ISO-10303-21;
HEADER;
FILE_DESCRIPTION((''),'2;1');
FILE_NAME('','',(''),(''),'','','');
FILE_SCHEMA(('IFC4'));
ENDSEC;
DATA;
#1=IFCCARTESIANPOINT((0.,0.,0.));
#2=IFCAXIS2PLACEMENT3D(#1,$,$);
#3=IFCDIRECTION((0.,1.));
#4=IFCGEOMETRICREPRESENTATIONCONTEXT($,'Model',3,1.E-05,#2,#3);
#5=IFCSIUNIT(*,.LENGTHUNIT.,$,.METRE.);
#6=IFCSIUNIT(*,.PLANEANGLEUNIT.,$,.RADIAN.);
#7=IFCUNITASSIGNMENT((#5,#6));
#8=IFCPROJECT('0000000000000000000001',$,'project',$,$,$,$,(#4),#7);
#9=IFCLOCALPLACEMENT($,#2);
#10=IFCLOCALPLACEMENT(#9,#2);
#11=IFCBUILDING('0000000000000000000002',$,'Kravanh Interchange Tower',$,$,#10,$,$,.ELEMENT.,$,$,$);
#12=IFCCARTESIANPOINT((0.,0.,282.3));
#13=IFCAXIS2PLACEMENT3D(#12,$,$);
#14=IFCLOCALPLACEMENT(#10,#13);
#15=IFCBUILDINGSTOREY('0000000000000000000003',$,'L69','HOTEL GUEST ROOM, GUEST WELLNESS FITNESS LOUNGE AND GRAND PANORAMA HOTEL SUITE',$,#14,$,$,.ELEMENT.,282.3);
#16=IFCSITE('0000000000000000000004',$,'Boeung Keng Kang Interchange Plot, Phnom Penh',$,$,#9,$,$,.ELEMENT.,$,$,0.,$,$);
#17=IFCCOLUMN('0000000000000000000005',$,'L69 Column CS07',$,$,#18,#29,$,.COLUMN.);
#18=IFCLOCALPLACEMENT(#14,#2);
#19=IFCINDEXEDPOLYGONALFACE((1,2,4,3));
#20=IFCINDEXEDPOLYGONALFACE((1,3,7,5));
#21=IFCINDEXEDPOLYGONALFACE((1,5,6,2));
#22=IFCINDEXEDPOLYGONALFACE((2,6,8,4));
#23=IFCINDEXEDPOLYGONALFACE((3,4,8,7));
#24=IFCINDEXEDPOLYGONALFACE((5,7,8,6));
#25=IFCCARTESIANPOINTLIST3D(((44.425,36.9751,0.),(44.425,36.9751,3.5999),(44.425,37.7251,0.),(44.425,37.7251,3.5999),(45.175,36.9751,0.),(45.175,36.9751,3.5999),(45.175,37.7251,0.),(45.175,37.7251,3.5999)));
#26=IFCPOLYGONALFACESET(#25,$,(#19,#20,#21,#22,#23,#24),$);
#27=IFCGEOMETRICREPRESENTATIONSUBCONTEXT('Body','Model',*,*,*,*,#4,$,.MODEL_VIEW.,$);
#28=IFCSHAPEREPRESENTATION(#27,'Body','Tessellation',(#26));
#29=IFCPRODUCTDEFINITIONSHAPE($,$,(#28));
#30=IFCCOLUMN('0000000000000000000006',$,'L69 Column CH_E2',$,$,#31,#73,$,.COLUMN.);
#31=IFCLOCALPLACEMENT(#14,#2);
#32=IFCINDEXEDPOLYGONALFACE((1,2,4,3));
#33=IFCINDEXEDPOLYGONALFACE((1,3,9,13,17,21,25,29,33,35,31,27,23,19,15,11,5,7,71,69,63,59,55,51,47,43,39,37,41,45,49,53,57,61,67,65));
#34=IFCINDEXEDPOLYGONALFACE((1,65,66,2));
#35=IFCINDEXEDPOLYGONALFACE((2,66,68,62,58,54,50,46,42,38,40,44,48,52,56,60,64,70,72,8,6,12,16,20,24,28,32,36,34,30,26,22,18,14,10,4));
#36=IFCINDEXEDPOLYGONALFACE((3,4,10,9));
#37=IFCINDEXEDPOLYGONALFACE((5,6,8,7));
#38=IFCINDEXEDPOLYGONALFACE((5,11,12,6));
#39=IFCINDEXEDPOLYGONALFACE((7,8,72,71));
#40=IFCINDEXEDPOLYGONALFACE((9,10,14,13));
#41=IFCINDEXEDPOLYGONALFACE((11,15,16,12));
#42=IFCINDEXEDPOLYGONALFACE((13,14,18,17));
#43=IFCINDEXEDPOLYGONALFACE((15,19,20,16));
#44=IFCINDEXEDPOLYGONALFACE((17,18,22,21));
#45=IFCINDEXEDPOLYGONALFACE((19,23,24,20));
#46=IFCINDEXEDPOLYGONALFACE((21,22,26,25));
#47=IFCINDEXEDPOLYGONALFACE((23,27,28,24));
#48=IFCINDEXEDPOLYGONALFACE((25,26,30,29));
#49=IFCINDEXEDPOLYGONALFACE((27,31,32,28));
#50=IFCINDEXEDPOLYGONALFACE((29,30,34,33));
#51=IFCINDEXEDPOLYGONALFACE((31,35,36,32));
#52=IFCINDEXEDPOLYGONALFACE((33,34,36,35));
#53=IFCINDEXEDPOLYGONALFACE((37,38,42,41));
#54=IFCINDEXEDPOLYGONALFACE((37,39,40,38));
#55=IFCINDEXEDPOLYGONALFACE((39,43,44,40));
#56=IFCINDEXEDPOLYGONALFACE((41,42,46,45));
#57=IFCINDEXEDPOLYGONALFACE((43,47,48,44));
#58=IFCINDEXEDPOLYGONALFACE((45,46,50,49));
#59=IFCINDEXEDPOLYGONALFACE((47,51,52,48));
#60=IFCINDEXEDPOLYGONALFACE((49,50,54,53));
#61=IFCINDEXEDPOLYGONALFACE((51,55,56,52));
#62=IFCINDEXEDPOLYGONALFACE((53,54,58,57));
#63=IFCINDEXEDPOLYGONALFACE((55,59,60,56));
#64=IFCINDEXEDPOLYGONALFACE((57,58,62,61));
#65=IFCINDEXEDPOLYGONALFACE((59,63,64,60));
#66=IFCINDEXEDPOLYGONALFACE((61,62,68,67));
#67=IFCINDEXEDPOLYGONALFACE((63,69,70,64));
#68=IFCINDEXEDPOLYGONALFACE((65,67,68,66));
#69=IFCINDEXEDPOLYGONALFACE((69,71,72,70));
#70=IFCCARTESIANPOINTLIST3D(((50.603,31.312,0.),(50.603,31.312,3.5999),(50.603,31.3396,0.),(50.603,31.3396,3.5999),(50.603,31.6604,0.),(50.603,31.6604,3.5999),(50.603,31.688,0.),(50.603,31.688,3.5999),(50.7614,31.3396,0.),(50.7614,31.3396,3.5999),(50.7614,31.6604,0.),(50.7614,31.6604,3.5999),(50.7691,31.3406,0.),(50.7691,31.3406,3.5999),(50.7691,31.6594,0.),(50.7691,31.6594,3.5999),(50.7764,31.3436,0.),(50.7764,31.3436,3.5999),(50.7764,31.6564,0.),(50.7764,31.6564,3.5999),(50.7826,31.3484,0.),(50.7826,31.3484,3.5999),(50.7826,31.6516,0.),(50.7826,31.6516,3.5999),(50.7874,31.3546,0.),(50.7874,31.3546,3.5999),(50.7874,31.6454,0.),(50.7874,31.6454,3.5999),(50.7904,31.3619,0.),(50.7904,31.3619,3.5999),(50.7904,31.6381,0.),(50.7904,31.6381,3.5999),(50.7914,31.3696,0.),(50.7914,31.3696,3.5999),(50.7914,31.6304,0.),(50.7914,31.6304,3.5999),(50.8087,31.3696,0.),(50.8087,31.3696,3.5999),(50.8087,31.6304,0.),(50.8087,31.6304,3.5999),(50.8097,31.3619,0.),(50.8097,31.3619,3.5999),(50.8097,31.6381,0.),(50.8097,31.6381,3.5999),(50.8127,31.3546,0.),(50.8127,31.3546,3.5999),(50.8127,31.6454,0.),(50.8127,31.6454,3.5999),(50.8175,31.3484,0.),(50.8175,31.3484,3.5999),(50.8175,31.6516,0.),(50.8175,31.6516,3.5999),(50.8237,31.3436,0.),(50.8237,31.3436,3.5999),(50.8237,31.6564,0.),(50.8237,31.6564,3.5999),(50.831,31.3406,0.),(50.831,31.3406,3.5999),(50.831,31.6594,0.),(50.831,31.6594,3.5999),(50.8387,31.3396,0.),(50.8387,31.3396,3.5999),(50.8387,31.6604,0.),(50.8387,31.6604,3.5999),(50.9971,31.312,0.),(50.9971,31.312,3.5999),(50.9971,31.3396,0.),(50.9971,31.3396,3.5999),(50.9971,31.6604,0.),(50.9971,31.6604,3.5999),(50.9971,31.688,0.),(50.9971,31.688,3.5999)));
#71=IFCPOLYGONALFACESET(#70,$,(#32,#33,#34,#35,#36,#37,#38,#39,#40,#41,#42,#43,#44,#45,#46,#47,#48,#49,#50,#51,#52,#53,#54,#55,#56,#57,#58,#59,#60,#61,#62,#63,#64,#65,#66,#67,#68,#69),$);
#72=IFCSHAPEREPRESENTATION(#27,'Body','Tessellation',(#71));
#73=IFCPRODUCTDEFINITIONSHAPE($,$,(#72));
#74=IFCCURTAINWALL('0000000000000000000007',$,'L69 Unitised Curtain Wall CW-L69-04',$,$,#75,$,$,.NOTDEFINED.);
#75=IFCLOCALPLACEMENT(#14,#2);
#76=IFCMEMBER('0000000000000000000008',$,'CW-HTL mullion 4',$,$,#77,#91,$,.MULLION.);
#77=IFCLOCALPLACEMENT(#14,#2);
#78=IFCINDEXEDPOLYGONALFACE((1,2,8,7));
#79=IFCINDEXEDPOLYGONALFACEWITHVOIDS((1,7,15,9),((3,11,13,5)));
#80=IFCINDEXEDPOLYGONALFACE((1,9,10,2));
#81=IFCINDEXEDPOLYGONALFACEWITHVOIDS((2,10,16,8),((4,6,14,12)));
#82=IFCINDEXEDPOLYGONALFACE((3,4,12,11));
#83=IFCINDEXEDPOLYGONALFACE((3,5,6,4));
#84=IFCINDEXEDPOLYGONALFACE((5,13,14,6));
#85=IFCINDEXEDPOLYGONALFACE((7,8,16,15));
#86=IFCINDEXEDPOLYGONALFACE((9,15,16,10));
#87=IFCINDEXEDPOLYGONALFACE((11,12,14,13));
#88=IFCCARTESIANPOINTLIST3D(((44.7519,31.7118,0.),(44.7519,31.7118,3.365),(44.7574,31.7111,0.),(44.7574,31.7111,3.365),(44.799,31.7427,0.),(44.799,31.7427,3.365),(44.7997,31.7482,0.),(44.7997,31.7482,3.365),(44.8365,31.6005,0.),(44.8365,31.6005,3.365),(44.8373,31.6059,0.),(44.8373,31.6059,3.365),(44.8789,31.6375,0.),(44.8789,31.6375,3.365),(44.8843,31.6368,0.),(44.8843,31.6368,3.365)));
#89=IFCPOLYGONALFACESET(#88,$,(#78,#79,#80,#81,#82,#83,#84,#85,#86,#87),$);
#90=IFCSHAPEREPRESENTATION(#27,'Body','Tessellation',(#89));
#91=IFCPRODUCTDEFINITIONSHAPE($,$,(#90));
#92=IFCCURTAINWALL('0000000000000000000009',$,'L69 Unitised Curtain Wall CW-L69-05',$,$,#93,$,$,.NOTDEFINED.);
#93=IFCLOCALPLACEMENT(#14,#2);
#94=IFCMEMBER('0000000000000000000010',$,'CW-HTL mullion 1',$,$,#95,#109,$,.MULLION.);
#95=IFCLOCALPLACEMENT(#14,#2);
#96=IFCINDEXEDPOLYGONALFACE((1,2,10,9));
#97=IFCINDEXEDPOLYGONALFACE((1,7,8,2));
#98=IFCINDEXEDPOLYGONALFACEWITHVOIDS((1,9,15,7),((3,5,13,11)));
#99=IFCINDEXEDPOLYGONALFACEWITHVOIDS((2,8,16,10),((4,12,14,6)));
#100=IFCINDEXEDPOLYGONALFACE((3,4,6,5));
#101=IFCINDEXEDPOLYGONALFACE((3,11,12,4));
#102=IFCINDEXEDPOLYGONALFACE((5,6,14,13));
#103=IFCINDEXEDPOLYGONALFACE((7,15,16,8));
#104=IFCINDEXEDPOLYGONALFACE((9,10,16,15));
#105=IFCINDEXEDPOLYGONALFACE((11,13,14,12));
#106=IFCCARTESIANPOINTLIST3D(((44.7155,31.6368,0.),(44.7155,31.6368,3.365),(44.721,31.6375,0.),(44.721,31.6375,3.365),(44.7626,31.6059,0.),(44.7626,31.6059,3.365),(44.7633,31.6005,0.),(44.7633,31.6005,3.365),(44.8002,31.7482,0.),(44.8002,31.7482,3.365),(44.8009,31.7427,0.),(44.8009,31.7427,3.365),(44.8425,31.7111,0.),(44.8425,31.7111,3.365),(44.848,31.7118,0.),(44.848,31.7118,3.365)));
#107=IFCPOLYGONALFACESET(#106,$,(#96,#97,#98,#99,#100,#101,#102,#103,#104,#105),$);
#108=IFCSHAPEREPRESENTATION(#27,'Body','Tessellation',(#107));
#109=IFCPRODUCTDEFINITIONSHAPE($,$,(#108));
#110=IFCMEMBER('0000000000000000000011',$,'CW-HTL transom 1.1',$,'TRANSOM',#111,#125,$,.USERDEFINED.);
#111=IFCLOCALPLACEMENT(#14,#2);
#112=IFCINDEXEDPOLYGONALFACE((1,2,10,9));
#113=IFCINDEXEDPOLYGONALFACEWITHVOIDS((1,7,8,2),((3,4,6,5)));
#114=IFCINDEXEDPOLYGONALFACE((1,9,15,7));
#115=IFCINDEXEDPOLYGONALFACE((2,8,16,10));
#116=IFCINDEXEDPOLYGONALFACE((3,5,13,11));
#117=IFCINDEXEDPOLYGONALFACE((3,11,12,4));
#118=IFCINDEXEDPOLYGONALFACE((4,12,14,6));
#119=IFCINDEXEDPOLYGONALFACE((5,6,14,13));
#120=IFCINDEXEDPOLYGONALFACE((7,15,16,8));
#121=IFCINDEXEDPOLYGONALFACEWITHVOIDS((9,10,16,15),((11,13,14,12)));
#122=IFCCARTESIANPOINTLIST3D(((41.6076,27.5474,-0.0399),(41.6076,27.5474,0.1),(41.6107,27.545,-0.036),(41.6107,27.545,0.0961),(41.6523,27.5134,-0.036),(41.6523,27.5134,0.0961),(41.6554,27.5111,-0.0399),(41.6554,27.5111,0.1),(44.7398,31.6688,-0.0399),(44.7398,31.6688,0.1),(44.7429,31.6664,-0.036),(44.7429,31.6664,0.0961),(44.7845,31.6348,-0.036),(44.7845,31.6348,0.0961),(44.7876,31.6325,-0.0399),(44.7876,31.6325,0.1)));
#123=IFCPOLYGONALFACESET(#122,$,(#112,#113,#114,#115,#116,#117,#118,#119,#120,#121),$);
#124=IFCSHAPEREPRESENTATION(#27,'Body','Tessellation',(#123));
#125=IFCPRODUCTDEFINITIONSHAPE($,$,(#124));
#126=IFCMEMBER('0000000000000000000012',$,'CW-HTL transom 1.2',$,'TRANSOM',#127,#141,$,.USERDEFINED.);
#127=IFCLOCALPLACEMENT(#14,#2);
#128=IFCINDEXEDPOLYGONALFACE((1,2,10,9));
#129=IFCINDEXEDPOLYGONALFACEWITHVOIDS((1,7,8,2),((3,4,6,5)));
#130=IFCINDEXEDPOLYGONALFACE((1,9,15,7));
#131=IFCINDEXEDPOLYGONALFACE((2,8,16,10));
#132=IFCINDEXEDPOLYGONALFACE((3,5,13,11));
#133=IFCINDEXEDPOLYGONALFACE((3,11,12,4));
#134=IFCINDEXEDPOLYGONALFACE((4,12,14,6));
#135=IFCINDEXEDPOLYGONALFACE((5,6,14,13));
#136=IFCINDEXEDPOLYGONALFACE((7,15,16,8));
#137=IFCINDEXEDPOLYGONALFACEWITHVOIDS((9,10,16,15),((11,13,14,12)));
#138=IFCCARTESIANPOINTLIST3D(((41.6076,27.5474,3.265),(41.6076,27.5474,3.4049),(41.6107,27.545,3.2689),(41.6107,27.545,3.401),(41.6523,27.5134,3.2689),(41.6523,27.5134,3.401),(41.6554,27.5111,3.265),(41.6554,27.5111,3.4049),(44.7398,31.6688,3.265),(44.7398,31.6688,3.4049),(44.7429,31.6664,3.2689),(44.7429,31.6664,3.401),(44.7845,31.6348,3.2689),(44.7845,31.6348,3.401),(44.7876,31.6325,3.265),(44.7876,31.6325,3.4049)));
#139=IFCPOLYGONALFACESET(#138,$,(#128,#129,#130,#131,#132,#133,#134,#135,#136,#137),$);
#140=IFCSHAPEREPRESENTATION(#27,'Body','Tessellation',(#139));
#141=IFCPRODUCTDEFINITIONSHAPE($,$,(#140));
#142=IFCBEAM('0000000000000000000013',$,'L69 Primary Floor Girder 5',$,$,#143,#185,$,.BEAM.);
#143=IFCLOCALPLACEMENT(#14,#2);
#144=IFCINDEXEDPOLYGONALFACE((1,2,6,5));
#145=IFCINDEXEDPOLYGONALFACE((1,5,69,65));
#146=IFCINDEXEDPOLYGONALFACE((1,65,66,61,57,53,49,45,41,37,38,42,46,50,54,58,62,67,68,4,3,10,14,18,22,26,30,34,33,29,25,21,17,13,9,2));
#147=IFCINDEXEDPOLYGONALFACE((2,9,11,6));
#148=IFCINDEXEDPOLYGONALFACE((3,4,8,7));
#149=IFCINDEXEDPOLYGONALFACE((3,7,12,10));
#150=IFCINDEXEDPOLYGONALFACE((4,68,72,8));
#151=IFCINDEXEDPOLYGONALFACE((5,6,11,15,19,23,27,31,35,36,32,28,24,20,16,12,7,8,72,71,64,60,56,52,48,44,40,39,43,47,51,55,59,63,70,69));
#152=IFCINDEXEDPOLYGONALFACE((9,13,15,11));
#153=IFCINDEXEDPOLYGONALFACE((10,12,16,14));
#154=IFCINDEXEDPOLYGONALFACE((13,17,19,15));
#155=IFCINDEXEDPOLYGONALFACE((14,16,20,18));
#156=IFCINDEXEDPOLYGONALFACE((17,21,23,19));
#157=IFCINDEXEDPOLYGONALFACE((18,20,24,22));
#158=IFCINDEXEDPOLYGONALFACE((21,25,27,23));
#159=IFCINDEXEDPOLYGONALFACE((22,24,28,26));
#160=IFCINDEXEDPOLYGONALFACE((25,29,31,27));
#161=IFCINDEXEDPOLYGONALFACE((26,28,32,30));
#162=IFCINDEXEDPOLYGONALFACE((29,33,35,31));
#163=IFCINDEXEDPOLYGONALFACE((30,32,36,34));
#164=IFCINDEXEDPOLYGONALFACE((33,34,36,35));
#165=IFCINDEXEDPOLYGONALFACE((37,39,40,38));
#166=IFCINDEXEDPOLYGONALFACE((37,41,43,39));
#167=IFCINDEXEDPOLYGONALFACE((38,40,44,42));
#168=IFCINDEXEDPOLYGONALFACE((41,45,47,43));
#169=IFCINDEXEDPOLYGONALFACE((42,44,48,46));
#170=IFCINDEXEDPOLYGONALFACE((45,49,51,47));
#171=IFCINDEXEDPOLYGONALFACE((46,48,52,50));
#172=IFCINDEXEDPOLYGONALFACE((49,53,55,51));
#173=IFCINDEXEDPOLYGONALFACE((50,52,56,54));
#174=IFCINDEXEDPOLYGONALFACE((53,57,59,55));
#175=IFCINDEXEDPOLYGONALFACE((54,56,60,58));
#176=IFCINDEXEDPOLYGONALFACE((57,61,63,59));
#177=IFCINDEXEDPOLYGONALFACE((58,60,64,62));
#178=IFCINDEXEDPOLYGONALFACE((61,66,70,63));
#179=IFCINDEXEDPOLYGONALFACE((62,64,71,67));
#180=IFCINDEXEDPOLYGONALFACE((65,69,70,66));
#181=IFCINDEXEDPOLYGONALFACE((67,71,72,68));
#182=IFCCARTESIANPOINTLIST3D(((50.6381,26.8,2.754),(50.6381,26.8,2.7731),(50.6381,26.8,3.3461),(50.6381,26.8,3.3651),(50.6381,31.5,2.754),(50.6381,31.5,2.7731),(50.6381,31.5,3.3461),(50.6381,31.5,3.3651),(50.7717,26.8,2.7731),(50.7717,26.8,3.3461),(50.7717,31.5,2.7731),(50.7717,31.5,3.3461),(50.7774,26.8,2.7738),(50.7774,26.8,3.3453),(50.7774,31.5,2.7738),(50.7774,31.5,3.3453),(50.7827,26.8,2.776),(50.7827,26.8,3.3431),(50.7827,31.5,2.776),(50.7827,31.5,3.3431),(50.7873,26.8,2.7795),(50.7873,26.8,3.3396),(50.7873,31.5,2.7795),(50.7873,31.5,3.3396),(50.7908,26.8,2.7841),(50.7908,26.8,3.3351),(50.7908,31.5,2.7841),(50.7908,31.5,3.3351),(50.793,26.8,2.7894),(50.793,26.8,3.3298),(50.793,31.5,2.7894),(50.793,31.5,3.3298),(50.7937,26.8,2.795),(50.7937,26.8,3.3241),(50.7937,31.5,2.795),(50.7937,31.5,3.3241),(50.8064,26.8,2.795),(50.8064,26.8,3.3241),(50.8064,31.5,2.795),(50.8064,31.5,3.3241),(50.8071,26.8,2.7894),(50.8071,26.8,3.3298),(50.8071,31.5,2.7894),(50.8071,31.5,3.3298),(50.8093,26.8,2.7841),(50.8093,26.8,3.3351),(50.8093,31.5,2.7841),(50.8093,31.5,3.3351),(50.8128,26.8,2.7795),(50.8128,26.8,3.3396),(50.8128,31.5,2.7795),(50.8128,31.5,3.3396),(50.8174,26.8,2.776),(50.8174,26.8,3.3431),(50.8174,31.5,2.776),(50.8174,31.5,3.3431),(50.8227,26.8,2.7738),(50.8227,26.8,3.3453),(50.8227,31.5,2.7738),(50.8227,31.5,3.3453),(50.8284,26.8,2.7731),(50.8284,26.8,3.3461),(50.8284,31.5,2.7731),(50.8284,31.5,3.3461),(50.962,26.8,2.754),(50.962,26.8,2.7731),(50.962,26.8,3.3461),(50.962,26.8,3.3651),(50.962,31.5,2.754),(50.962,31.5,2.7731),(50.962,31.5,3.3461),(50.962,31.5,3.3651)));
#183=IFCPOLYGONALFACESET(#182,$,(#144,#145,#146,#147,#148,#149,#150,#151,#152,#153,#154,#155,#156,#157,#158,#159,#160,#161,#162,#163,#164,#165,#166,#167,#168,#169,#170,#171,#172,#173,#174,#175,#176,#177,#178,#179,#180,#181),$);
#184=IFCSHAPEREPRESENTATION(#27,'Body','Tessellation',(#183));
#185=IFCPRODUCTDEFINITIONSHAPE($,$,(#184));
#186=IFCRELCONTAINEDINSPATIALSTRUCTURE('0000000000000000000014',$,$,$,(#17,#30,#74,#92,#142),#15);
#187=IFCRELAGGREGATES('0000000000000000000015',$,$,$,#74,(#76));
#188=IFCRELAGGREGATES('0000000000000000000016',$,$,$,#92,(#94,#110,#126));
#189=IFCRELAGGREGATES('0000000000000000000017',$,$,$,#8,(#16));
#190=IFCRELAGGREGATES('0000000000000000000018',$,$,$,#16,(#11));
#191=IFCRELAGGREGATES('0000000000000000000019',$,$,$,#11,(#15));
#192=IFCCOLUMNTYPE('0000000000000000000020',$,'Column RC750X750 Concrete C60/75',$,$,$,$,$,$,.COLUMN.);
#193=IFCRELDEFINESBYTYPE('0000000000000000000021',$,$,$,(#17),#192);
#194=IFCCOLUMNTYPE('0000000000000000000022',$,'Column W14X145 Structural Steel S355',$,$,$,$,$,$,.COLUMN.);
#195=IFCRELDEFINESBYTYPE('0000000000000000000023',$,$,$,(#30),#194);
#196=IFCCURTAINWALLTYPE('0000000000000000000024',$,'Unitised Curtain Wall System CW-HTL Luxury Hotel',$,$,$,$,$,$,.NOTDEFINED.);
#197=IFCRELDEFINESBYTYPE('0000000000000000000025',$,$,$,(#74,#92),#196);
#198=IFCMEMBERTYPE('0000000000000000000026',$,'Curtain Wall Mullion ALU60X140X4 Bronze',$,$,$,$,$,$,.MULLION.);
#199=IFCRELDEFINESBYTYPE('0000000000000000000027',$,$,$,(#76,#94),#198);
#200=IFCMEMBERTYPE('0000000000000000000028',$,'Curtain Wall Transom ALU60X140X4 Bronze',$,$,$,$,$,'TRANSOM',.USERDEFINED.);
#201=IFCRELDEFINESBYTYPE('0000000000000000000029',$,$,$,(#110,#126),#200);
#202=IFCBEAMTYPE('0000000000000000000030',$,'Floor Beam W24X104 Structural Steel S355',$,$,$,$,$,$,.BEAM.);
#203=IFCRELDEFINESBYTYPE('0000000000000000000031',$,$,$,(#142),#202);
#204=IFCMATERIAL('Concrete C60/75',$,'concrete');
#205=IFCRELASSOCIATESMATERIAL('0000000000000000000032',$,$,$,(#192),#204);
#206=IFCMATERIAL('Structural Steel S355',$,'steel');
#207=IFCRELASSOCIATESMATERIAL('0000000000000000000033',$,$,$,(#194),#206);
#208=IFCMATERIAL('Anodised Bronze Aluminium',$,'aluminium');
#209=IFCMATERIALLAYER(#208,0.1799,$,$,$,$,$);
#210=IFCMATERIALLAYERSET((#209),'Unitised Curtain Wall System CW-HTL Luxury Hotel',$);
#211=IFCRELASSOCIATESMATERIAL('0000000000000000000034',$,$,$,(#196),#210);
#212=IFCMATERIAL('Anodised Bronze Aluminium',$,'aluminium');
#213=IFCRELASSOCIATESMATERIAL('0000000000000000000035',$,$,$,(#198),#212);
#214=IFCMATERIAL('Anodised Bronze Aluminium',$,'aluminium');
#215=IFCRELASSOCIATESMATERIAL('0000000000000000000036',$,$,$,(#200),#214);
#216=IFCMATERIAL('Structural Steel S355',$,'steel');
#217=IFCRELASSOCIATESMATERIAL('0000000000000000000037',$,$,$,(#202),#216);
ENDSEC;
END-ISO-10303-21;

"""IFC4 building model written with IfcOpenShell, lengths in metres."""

from ifc_helpers import new_model, si_unit, direction, frame, origin, origin_2d, place, context, subcontext, project, spatial, rectangle, hollow_rectangle, i_section, extrude, material, layer, layer_set, material_profile, profile_set, type_object, element, aggregate, save


model = new_model("IFC4")

# Units and contexts
model_context = context("Model", 3, precision=1e-05, world=origin(), true_north=direction((0.0, 1.0)))
body_context = subcontext(model_context, "Body", "Model", "MODEL_VIEW")
ifc_project = project(units=[si_unit("LENGTHUNIT", "METRE"), si_unit("PLANEANGLEUNIT", "RADIAN")], contexts=[model_context])

# Site, building, storey
site_placement = place(None, origin())
site = spatial("IfcSite", under=ifc_project, at=site_placement, Name="Boeung Keng Kang Interchange Plot, Phnom Penh", CompositionType="ELEMENT", RefElevation=0.0)
building_placement = place(site_placement, origin())
building = spatial("IfcBuilding", under=site, at=building_placement, Name="Kravanh Interchange Tower", CompositionType="ELEMENT")
storey_placement = place(building_placement, frame((0.0, 0.0, 282.3)))
storey = spatial("IfcBuildingStorey", under=building, at=storey_placement, Name="L69", Description="HOTEL GUEST ROOM, GUEST WELLNESS FITNESS LOUNGE AND GRAND PANORAMA HOTEL SUITE", CompositionType="ELEMENT", Elevation=282.3)

# Columns
ifc_material_1 = material(Name="Concrete C60/75", Category="concrete")
ifc_material_profile_1 = material_profile(ifc_material_1, rectangle(XDim=0.75, YDim=0.75, at=origin_2d()), Name="RC750X750")
ifc_profile_set_1 = profile_set([ifc_material_profile_1], Name="Concrete C60/75")
column_type_1 = type_object("IfcColumnType", Name="Column RC750X750 Concrete C60/75", PredefinedType="COLUMN", material=ifc_profile_set_1)
column_1_placement = place(storey_placement, frame((44.8, 37.3501, 0.0), z_axis=(0.0, 0.0, 1.0), x_axis=(1.0, 0.0, 0.0)))
element("IfcColumn", 1, at=column_1_placement, inside=storey, type_object=column_type_1, Name="L69 Column CS07", PredefinedType="COLUMN", context=body_context, shape_type="SweptSolid", body=[
    extrude(rectangle(XDim=0.75, YDim=0.75, at=origin_2d()), origin(), (0.0, 0.0, 1.0), 3.5999),
])
ifc_material_2 = material(Name="Structural Steel S355", Category="steel")
ifc_material_profile_2 = material_profile(ifc_material_2, i_section(OverallWidth=0.394, OverallDepth=0.376, WebThickness=0.0173, FlangeThickness=0.0276, FilletRadius=0.03, at=origin_2d()), Name="W14X145")
ifc_profile_set_2 = profile_set([ifc_material_profile_2], Name="Structural Steel S355")
column_type_2 = type_object("IfcColumnType", Name="Column W14X145 Structural Steel S355", PredefinedType="COLUMN", material=ifc_profile_set_2)
column_2_placement = place(storey_placement, frame((50.8, 31.5, 0.0), z_axis=(0.0, 0.0, 1.0), x_axis=(1.0, 0.0, 0.0)))
element("IfcColumn", 2, at=column_2_placement, inside=storey, type_object=column_type_2, Name="L69 Column CH_E2", PredefinedType="COLUMN", context=body_context, shape_type="SweptSolid", body=[
    extrude(i_section(OverallWidth=0.394, OverallDepth=0.376, WebThickness=0.0173, FlangeThickness=0.0276, FilletRadius=0.03, at=origin_2d()), origin(), (0.0, 0.0, 1.0), 3.5999),
])

# Curtain wall, member
ifc_material_3 = material(Name="Anodised Bronze Aluminium", Category="aluminium")
ifc_layer_1 = layer(ifc_material_3, 0.1799)
ifc_layer_set_1 = layer_set([ifc_layer_1], Name="Unitised Curtain Wall System CW-HTL Luxury Hotel")
curtain_wall_type = type_object("IfcCurtainWallType", Name="Unitised Curtain Wall System CW-HTL Luxury Hotel", PredefinedType="NOTDEFINED", material=ifc_layer_set_1)
curtain_wall_1_placement = place(storey_placement, origin())
curtain_wall_1 = element("IfcCurtainWall", 3, at=curtain_wall_1_placement, inside=storey, type_object=curtain_wall_type, Name="L69 Unitised Curtain Wall CW-L69-04", PredefinedType="NOTDEFINED")
ifc_material_4 = material(Name="Anodised Bronze Aluminium", Category="aluminium")
ifc_material_profile_3 = material_profile(ifc_material_4, hollow_rectangle(XDim=0.0601, YDim=0.1399, WallThickness=0.0039, at=origin_2d()), Name="ALU60X140X4")
ifc_profile_set_3 = profile_set([ifc_material_profile_3], Name="Anodised Bronze Aluminium")
member_type_1 = type_object("IfcMemberType", Name="Curtain Wall Mullion ALU60X140X4 Bronze", PredefinedType="MULLION", material=ifc_profile_set_3)
member_1_placement = place(storey_placement, frame((44.8181, 31.6743, 0.0), z_axis=(0.0, 0.0, 1.0), x_axis=(-0.796162, -0.605083, 0.0)))
member_1 = element("IfcMember", 4, at=member_1_placement, type_object=member_type_1, Name="CW-HTL mullion 4", PredefinedType="MULLION", context=body_context, shape_type="SweptSolid", body=[
    extrude(hollow_rectangle(XDim=0.0601, YDim=0.1399, WallThickness=0.0039, at=origin_2d()), origin(), (0.0, 0.0, 1.0), 3.365),
])
aggregate(curtain_wall_1, [member_1])

# Curtain wall, members
curtain_wall_2_placement = place(storey_placement, origin())
curtain_wall_2 = element("IfcCurtainWall", 5, at=curtain_wall_2_placement, inside=storey, type_object=curtain_wall_type, Name="L69 Unitised Curtain Wall CW-L69-05", PredefinedType="NOTDEFINED")
member_2_placement = place(storey_placement, frame((44.7817, 31.6743, 0.0), z_axis=(0.0, 0.0, 1.0), x_axis=(0.796162, -0.605083, 0.0)))
member_2 = element("IfcMember", 6, at=member_2_placement, type_object=member_type_1, Name="CW-HTL mullion 1", PredefinedType="MULLION", context=body_context, shape_type="SweptSolid", body=[
    extrude(hollow_rectangle(XDim=0.0601, YDim=0.1399, WallThickness=0.0039, at=origin_2d()), origin(), (0.0, 0.0, 1.0), 3.365),
])
ifc_material_5 = material(Name="Anodised Bronze Aluminium", Category="aluminium")
ifc_material_profile_4 = material_profile(ifc_material_5, hollow_rectangle(XDim=0.0601, YDim=0.1399, WallThickness=0.0039, at=origin_2d()), Name="ALU60X140X4")
ifc_profile_set_4 = profile_set([ifc_material_profile_4], Name="Anodised Bronze Aluminium")
member_type_2 = type_object("IfcMemberType", Name="Curtain Wall Transom ALU60X140X4 Bronze", ElementType="TRANSOM", PredefinedType="USERDEFINED", material=ifc_profile_set_4)
member_3_placement = place(storey_placement, frame((44.7637, 31.6506, 0.03), z_axis=(-0.605067, -0.796175, 0.0), x_axis=(0.796175, -0.605067, 0.0)))
member_3 = element("IfcMember", 7, at=member_3_placement, type_object=member_type_2, Name="CW-HTL transom 1.1", ObjectType="TRANSOM", PredefinedType="USERDEFINED", context=body_context, shape_type="SweptSolid", body=[
    extrude(hollow_rectangle(XDim=0.0601, YDim=0.1399, WallThickness=0.0039, at=origin_2d()), origin(), (0.0, 0.0, 1.0), 5.1765),
])
member_4_placement = place(storey_placement, frame((44.7637, 31.6506, 3.335), z_axis=(-0.605067, -0.796175, 0.0), x_axis=(0.796175, -0.605067, 0.0)))
member_4 = element("IfcMember", 8, at=member_4_placement, type_object=member_type_2, Name="CW-HTL transom 1.2", ObjectType="TRANSOM", PredefinedType="USERDEFINED", context=body_context, shape_type="SweptSolid", body=[
    extrude(hollow_rectangle(XDim=0.0601, YDim=0.1399, WallThickness=0.0039, at=origin_2d()), origin(), (0.0, 0.0, 1.0), 5.1765),
])
aggregate(curtain_wall_2, [member_2, member_3, member_4])

# Beam
ifc_material_6 = material(Name="Structural Steel S355", Category="steel")
ifc_material_profile_5 = material_profile(ifc_material_6, i_section(OverallWidth=0.324, OverallDepth=0.6111, WebThickness=0.0127, FlangeThickness=0.019, FilletRadius=0.022, at=origin_2d()), Name="W24X104")
ifc_profile_set_5 = profile_set([ifc_material_profile_5], Name="Structural Steel S355")
beam_type_1 = type_object("IfcBeamType", Name="Floor Beam W24X104 Structural Steel S355", PredefinedType="BEAM", material=ifc_profile_set_5)
beam_1_placement = place(storey_placement, frame((50.8, 31.5, 3.0596), z_axis=(0.0, -1.0, 0.0), x_axis=(1.0, 0.0, 0.0)))
element("IfcBeam", 9, at=beam_1_placement, inside=storey, type_object=beam_type_1, Name="L69 Primary Floor Girder 5", PredefinedType="BEAM", context=body_context, shape_type="SweptSolid", body=[
    extrude(i_section(OverallWidth=0.324, OverallDepth=0.6111, WebThickness=0.0127, FlangeThickness=0.019, FilletRadius=0.022, at=origin_2d()), origin(), (0.0, 0.0, 1.0), 4.7),
])

save(model, "model.ifc")
